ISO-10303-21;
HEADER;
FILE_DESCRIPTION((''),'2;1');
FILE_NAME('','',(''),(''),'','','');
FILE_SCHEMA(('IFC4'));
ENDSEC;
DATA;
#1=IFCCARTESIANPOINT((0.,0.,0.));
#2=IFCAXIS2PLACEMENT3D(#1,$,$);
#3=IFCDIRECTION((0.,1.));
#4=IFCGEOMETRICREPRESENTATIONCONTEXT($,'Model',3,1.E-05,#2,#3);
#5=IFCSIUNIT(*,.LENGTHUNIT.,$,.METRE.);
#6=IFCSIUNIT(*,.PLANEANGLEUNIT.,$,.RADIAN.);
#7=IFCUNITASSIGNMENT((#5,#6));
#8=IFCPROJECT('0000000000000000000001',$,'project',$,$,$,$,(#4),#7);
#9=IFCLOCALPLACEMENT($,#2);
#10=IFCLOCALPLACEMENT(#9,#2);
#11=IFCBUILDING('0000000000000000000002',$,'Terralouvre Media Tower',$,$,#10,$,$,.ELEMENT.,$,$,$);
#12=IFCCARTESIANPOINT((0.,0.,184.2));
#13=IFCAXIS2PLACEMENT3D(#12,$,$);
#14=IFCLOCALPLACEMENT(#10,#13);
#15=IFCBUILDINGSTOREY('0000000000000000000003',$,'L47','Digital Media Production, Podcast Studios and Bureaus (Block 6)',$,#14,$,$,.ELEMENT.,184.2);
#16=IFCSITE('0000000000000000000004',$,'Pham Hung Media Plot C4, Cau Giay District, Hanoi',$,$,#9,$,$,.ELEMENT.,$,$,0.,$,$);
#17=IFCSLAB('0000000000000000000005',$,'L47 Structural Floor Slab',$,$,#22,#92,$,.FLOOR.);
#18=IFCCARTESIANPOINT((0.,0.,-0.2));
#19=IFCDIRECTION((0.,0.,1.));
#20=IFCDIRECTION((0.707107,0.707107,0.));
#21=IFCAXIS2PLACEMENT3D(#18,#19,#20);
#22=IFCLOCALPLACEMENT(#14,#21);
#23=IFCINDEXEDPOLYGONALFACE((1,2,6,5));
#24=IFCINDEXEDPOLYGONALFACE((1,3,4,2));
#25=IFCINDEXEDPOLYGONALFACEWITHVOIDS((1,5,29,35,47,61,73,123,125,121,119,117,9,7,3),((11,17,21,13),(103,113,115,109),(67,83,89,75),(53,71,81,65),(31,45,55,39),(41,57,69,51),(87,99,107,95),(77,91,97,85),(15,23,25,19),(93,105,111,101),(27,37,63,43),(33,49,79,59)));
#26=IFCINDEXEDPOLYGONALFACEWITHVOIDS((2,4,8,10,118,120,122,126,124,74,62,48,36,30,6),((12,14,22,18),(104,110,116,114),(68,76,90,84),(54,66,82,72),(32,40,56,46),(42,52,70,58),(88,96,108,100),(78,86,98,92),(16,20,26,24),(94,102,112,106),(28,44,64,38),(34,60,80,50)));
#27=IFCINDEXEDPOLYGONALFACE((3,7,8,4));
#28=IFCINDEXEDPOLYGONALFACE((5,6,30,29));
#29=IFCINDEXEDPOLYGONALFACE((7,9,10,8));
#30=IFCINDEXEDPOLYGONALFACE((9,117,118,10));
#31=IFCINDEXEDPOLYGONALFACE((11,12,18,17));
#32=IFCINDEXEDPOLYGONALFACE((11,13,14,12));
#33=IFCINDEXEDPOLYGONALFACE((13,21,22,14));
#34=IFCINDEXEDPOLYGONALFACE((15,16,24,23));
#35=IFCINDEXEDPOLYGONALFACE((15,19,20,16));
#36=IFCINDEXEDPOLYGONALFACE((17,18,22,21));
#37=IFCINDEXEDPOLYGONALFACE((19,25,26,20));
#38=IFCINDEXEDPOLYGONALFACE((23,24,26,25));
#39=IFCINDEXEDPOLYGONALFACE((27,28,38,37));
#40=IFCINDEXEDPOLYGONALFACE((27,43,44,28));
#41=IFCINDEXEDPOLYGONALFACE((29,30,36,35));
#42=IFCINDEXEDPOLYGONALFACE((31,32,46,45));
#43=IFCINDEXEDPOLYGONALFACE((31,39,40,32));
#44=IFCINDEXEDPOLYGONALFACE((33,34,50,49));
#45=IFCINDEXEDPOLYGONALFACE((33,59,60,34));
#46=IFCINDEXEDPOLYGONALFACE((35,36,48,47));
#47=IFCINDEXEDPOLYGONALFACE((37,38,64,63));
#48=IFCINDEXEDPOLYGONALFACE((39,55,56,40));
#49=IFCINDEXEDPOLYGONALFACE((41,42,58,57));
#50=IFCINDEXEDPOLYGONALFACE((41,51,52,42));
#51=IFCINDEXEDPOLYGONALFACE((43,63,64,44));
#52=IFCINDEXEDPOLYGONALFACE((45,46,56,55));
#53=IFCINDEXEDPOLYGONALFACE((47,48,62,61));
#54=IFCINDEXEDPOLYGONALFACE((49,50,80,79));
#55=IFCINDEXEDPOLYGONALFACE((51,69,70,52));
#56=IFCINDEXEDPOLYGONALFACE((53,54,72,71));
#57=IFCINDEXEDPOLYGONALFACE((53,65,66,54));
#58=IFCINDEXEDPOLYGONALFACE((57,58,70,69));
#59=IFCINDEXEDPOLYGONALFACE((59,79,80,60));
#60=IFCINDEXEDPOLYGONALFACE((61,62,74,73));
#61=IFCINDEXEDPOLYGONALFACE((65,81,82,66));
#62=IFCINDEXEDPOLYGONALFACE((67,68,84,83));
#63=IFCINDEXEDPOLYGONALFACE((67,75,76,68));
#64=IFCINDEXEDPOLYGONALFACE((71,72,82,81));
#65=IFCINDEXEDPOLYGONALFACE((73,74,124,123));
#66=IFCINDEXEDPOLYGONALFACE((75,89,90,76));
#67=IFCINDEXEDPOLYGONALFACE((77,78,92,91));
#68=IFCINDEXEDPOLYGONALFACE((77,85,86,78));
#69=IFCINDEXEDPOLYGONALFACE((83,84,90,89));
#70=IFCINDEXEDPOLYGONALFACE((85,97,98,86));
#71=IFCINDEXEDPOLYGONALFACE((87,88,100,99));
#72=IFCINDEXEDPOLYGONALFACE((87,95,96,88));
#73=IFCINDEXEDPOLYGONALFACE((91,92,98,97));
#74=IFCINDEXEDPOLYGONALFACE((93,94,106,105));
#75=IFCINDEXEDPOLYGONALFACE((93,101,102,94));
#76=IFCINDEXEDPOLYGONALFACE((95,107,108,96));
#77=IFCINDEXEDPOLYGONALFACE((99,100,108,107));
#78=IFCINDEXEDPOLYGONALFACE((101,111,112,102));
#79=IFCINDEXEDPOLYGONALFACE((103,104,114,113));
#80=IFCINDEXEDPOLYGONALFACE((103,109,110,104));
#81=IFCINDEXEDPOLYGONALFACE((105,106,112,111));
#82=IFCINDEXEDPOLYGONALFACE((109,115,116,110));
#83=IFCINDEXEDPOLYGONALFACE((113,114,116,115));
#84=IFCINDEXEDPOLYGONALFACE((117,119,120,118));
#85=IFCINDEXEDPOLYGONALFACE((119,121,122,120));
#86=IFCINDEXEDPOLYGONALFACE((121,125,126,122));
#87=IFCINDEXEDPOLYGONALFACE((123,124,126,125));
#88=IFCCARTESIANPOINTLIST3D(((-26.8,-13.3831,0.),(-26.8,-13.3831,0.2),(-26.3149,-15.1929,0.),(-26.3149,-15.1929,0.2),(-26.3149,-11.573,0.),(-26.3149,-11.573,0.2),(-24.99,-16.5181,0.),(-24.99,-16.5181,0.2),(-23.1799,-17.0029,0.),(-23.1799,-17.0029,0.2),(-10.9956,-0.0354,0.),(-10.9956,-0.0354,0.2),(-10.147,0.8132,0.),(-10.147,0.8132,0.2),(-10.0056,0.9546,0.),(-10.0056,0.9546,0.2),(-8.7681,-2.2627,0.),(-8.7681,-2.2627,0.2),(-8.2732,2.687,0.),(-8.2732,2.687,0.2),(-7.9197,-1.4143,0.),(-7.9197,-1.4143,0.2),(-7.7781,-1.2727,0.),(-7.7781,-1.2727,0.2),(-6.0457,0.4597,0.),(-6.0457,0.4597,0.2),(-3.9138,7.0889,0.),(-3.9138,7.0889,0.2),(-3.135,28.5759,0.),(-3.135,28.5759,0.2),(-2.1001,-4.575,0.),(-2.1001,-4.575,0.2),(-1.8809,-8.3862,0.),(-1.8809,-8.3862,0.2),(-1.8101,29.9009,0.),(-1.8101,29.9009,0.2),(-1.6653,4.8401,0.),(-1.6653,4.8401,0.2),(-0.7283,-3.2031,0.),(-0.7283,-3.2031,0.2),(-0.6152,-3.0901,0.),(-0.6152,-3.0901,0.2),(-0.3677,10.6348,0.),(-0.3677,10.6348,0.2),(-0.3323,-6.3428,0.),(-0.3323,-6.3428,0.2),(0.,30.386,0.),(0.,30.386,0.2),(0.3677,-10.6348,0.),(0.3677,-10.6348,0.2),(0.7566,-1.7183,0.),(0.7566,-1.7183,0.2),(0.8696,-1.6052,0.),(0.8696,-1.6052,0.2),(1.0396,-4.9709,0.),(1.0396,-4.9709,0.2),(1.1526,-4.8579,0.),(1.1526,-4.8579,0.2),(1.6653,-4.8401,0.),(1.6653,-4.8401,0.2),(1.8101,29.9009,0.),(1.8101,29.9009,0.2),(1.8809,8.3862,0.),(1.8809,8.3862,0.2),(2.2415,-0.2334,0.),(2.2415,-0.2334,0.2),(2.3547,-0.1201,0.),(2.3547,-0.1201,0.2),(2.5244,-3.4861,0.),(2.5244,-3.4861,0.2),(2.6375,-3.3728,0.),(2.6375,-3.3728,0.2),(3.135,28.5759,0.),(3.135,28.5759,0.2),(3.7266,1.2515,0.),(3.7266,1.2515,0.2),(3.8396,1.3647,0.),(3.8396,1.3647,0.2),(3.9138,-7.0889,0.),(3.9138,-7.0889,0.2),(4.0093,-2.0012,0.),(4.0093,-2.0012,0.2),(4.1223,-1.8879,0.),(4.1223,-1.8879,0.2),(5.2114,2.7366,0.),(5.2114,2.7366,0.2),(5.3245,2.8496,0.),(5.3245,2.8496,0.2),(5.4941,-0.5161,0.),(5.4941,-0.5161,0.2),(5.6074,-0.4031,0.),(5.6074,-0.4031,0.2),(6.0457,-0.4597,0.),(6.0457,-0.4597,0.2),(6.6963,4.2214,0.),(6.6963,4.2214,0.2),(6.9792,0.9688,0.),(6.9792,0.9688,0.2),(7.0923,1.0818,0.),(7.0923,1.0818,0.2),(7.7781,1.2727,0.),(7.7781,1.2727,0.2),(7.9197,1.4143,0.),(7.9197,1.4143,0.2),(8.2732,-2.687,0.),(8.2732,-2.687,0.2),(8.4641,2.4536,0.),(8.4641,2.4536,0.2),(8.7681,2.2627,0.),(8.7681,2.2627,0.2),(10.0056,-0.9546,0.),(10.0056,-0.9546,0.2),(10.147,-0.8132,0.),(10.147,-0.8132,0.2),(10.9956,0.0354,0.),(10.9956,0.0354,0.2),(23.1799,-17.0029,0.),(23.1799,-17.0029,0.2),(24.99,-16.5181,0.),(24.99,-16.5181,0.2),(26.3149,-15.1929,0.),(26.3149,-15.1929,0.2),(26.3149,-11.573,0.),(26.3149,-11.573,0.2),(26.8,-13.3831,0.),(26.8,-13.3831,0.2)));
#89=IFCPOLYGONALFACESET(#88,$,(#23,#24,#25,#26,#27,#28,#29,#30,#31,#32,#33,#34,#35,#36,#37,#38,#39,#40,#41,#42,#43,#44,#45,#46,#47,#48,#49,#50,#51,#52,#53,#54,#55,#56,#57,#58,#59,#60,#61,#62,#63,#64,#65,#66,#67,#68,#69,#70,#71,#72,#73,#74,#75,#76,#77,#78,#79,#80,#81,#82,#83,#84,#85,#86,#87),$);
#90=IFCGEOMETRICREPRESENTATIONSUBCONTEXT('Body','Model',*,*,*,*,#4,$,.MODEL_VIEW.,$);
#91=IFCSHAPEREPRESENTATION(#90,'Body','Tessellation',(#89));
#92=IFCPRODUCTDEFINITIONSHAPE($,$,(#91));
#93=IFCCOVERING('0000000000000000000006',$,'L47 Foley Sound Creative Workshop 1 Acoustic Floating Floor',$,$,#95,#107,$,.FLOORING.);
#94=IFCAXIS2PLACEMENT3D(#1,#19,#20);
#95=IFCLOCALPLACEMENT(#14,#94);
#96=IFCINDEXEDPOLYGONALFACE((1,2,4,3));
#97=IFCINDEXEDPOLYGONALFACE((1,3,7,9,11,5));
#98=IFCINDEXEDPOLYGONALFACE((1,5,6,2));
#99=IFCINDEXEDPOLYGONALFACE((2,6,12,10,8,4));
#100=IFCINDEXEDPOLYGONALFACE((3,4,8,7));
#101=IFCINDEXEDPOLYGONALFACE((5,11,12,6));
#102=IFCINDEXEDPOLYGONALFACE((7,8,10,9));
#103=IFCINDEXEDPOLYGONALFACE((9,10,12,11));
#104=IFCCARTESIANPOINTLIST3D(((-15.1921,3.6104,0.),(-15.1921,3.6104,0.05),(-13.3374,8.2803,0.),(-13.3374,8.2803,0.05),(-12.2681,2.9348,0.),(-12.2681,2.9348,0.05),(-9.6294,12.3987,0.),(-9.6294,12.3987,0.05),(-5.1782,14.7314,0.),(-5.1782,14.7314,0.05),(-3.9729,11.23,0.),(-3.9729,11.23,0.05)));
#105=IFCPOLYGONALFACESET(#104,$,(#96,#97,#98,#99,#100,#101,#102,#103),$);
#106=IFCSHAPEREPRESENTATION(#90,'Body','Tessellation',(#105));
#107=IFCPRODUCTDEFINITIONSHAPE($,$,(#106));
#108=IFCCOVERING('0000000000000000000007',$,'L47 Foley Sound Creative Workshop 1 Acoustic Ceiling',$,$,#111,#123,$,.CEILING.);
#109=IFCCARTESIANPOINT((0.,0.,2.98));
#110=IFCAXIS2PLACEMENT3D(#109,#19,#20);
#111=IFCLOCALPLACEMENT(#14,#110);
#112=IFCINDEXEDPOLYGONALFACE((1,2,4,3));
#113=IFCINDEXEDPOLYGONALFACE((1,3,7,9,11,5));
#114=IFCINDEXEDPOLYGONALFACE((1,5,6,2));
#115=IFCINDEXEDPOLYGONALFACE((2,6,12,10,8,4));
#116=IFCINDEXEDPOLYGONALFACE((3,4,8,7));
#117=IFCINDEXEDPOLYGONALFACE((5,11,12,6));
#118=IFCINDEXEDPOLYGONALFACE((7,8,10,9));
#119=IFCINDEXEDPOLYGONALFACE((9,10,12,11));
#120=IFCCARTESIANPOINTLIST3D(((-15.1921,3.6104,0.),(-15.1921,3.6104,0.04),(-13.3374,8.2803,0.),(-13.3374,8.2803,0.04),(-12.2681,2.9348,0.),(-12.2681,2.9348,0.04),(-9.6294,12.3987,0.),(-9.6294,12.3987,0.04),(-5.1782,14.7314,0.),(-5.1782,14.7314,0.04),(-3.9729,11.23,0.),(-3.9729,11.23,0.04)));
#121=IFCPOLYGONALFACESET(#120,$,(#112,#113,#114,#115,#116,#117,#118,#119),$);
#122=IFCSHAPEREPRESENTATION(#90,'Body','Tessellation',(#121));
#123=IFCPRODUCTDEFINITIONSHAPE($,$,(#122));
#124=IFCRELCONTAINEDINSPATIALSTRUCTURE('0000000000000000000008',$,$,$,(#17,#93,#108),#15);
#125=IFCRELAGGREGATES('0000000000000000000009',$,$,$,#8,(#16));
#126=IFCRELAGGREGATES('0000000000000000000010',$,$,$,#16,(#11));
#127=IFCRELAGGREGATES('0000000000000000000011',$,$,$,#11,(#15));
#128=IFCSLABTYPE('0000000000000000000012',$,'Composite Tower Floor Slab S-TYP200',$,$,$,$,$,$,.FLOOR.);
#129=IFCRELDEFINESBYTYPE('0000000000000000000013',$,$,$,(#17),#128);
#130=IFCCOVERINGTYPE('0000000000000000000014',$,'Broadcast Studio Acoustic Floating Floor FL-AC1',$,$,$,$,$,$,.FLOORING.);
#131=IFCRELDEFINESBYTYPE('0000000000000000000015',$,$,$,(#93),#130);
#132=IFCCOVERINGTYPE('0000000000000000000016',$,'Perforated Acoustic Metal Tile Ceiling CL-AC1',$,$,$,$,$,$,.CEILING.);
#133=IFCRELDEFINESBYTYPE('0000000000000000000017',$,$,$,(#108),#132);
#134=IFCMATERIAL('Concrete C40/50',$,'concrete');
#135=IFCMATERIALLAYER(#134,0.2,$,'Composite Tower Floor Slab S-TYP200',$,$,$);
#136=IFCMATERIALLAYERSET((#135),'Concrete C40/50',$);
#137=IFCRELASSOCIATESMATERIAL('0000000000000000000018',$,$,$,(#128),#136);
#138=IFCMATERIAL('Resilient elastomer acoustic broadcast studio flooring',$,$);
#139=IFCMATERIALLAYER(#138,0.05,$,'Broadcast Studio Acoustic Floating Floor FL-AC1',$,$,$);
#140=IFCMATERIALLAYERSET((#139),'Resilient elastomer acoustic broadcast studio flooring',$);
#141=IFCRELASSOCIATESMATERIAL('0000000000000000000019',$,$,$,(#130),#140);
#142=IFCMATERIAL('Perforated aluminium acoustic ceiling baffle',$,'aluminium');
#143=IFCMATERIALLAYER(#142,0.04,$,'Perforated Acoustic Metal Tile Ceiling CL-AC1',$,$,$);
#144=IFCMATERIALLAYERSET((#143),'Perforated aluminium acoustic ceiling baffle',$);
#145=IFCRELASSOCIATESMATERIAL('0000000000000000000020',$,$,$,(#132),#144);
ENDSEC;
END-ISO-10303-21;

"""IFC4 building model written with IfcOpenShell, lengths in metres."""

from ifc_helpers import new_model, si_unit, direction, frame, origin, place, context, subcontext, project, spatial, polyline, outline, extrude, material, layer, layer_set, type_object, element, save


model = new_model("IFC4")

# Units and contexts
model_context = context("Model", 3, precision=1e-05, world=origin(), true_north=direction((0.0, 1.0)))
body_context = subcontext(model_context, "Body", "Model", "MODEL_VIEW")
ifc_project = project(units=[si_unit("LENGTHUNIT", "METRE"), si_unit("PLANEANGLEUNIT", "RADIAN")], contexts=[model_context])

# Site, building, storey
site_placement = place(None, origin())
site = spatial("IfcSite", under=ifc_project, at=site_placement, Name="Pham Hung Media Plot C4, Cau Giay District, Hanoi", CompositionType="ELEMENT", RefElevation=0.0)
building_placement = place(site_placement, origin())
building = spatial("IfcBuilding", under=site, at=building_placement, Name="Terralouvre Media Tower", CompositionType="ELEMENT")
storey_placement = place(building_placement, frame((0.0, 0.0, 184.2)))
storey = spatial("IfcBuildingStorey", under=building, at=storey_placement, Name="L47", Description="Digital Media Production, Podcast Studios and Bureaus (Block 6)", CompositionType="ELEMENT", Elevation=184.2)

# Slab
ifc_material_1 = material(Name="Concrete C40/50", Category="concrete")
ifc_layer_1 = layer(ifc_material_1, 0.2, Name="Composite Tower Floor Slab S-TYP200")
ifc_layer_set_1 = layer_set([ifc_layer_1], Name="Concrete C40/50")
slab_type = type_object("IfcSlabType", Name="Composite Tower Floor Slab S-TYP200", PredefinedType="FLOOR", material=ifc_layer_set_1)
slab_placement = place(storey_placement, frame((0.0, 0.0, -0.2), z_axis=(0.0, 0.0, 1.0), x_axis=(0.707107, 0.707107, 0.0)))
element("IfcSlab", 1, at=slab_placement, inside=storey, type_object=slab_type, Name="L47 Structural Floor Slab", PredefinedType="FLOOR", context=body_context, shape_type="SweptSolid", body=[
    extrude(outline(polyline([(-26.3149, -11.573), (-26.8, -13.3831), (-26.3149, -15.1929), (-24.99, -16.5181), (-23.1799, -17.0029), (23.1799, -17.0029), (24.99, -16.5181), (26.3149, -15.1929), (26.8, -13.3831), (26.3149, -11.573), (3.135, 28.5759), (1.8101, 29.9009), (0.0, 30.386), (-1.8101, 29.9009), (-3.135, 28.5759), (-26.3149, -11.573)]), holes=[polyline([(-7.9197, -1.4143), (-8.7681, -2.2627), (-10.9956, -0.0354), (-10.147, 0.8132), (-7.9197, -1.4143)]), polyline([(-7.7781, -1.2727), (-10.0056, 0.9546), (-8.2732, 2.687), (-6.0457, 0.4597), (-7.7781, -1.2727)]), polyline([(4.1223, -1.8879), (2.3547, -0.1201), (3.7266, 1.2515), (5.4941, -0.5161), (4.1223, -1.8879)]), polyline([(6.9792, 0.9688), (5.6074, -0.4031), (3.8396, 1.3647), (5.2114, 2.7366), (6.9792, 0.9688)]), polyline([(-1.6653, 4.8401), (-3.9138, 7.0889), (-0.3677, 10.6348), (1.8809, 8.3862), (-1.6653, 4.8401)]), polyline([(7.0923, 1.0818), (5.3245, 2.8496), (6.6963, 4.2214), (8.4641, 2.4536), (7.0923, 1.0818)]), polyline([(-1.8809, -8.3862), (1.6653, -4.8401), (3.9138, -7.0889), (0.3677, -10.6348), (-1.8809, -8.3862)]), polyline([(-0.3323, -6.3428), (-2.1001, -4.575), (-0.7283, -3.2031), (1.0396, -4.9709), (-0.3323, -6.3428)]), polyline([(1.1526, -4.8579), (-0.6152, -3.0901), (0.7566, -1.7183), (2.5244, -3.4861), (1.1526, -4.8579)]), polyline([(4.0093, -2.0012), (2.6375, -3.3728), (0.8696, -1.6052), (2.2415, -0.2334), (4.0093, -2.0012)]), polyline([(8.2732, -2.687), (6.0457, -0.4597), (7.7781, 1.2727), (10.0056, -0.9546), (8.2732, -2.687)]), polyline([(10.147, -0.8132), (7.9197, 1.4143), (8.7681, 2.2627), (10.9956, 0.0354), (10.147, -0.8132)])]), origin(), (0.0, 0.0, 1.0), 0.2),
])

# Coverings
ifc_material_2 = material(Name="Resilient elastomer acoustic broadcast studio flooring")
ifc_layer_2 = layer(ifc_material_2, 0.05, Name="Broadcast Studio Acoustic Floating Floor FL-AC1")
ifc_layer_set_2 = layer_set([ifc_layer_2], Name="Resilient elastomer acoustic broadcast studio flooring")
covering_type_1 = type_object("IfcCoveringType", Name="Broadcast Studio Acoustic Floating Floor FL-AC1", PredefinedType="FLOORING", material=ifc_layer_set_2)
covering_1_placement = place(storey_placement, frame((0.0, 0.0, 0.0), z_axis=(0.0, 0.0, 1.0), x_axis=(0.707107, 0.707107, 0.0)))
element("IfcCovering", 2, at=covering_1_placement, inside=storey, type_object=covering_type_1, Name="L47 Foley Sound Creative Workshop 1 Acoustic Floating Floor", PredefinedType="FLOORING", context=body_context, shape_type="SweptSolid", body=[
    extrude(outline(polyline([(-9.6294, 12.3987), (-13.3374, 8.2803), (-15.1921, 3.6104), (-12.2681, 2.9348), (-3.9729, 11.23), (-5.1782, 14.7314), (-9.6294, 12.3987)])), origin(), (0.0, 0.0, 1.0), 0.05),
])
ifc_material_3 = material(Name="Perforated aluminium acoustic ceiling baffle", Category="aluminium")
ifc_layer_3 = layer(ifc_material_3, 0.04, Name="Perforated Acoustic Metal Tile Ceiling CL-AC1")
ifc_layer_set_3 = layer_set([ifc_layer_3], Name="Perforated aluminium acoustic ceiling baffle")
covering_type_2 = type_object("IfcCoveringType", Name="Perforated Acoustic Metal Tile Ceiling CL-AC1", PredefinedType="CEILING", material=ifc_layer_set_3)
covering_2_placement = place(storey_placement, frame((0.0, 0.0, 2.98), z_axis=(0.0, 0.0, 1.0), x_axis=(0.707107, 0.707107, 0.0)))
element("IfcCovering", 3, at=covering_2_placement, inside=storey, type_object=covering_type_2, Name="L47 Foley Sound Creative Workshop 1 Acoustic Ceiling", PredefinedType="CEILING", context=body_context, shape_type="SweptSolid", body=[
    extrude(outline(polyline([(-9.6294, 12.3987), (-13.3374, 8.2803), (-15.1921, 3.6104), (-12.2681, 2.9348), (-3.9729, 11.23), (-5.1782, 14.7314), (-9.6294, 12.3987)])), origin(), (0.0, 0.0, 1.0), 0.04),
])

save(model, "model.ifc")
